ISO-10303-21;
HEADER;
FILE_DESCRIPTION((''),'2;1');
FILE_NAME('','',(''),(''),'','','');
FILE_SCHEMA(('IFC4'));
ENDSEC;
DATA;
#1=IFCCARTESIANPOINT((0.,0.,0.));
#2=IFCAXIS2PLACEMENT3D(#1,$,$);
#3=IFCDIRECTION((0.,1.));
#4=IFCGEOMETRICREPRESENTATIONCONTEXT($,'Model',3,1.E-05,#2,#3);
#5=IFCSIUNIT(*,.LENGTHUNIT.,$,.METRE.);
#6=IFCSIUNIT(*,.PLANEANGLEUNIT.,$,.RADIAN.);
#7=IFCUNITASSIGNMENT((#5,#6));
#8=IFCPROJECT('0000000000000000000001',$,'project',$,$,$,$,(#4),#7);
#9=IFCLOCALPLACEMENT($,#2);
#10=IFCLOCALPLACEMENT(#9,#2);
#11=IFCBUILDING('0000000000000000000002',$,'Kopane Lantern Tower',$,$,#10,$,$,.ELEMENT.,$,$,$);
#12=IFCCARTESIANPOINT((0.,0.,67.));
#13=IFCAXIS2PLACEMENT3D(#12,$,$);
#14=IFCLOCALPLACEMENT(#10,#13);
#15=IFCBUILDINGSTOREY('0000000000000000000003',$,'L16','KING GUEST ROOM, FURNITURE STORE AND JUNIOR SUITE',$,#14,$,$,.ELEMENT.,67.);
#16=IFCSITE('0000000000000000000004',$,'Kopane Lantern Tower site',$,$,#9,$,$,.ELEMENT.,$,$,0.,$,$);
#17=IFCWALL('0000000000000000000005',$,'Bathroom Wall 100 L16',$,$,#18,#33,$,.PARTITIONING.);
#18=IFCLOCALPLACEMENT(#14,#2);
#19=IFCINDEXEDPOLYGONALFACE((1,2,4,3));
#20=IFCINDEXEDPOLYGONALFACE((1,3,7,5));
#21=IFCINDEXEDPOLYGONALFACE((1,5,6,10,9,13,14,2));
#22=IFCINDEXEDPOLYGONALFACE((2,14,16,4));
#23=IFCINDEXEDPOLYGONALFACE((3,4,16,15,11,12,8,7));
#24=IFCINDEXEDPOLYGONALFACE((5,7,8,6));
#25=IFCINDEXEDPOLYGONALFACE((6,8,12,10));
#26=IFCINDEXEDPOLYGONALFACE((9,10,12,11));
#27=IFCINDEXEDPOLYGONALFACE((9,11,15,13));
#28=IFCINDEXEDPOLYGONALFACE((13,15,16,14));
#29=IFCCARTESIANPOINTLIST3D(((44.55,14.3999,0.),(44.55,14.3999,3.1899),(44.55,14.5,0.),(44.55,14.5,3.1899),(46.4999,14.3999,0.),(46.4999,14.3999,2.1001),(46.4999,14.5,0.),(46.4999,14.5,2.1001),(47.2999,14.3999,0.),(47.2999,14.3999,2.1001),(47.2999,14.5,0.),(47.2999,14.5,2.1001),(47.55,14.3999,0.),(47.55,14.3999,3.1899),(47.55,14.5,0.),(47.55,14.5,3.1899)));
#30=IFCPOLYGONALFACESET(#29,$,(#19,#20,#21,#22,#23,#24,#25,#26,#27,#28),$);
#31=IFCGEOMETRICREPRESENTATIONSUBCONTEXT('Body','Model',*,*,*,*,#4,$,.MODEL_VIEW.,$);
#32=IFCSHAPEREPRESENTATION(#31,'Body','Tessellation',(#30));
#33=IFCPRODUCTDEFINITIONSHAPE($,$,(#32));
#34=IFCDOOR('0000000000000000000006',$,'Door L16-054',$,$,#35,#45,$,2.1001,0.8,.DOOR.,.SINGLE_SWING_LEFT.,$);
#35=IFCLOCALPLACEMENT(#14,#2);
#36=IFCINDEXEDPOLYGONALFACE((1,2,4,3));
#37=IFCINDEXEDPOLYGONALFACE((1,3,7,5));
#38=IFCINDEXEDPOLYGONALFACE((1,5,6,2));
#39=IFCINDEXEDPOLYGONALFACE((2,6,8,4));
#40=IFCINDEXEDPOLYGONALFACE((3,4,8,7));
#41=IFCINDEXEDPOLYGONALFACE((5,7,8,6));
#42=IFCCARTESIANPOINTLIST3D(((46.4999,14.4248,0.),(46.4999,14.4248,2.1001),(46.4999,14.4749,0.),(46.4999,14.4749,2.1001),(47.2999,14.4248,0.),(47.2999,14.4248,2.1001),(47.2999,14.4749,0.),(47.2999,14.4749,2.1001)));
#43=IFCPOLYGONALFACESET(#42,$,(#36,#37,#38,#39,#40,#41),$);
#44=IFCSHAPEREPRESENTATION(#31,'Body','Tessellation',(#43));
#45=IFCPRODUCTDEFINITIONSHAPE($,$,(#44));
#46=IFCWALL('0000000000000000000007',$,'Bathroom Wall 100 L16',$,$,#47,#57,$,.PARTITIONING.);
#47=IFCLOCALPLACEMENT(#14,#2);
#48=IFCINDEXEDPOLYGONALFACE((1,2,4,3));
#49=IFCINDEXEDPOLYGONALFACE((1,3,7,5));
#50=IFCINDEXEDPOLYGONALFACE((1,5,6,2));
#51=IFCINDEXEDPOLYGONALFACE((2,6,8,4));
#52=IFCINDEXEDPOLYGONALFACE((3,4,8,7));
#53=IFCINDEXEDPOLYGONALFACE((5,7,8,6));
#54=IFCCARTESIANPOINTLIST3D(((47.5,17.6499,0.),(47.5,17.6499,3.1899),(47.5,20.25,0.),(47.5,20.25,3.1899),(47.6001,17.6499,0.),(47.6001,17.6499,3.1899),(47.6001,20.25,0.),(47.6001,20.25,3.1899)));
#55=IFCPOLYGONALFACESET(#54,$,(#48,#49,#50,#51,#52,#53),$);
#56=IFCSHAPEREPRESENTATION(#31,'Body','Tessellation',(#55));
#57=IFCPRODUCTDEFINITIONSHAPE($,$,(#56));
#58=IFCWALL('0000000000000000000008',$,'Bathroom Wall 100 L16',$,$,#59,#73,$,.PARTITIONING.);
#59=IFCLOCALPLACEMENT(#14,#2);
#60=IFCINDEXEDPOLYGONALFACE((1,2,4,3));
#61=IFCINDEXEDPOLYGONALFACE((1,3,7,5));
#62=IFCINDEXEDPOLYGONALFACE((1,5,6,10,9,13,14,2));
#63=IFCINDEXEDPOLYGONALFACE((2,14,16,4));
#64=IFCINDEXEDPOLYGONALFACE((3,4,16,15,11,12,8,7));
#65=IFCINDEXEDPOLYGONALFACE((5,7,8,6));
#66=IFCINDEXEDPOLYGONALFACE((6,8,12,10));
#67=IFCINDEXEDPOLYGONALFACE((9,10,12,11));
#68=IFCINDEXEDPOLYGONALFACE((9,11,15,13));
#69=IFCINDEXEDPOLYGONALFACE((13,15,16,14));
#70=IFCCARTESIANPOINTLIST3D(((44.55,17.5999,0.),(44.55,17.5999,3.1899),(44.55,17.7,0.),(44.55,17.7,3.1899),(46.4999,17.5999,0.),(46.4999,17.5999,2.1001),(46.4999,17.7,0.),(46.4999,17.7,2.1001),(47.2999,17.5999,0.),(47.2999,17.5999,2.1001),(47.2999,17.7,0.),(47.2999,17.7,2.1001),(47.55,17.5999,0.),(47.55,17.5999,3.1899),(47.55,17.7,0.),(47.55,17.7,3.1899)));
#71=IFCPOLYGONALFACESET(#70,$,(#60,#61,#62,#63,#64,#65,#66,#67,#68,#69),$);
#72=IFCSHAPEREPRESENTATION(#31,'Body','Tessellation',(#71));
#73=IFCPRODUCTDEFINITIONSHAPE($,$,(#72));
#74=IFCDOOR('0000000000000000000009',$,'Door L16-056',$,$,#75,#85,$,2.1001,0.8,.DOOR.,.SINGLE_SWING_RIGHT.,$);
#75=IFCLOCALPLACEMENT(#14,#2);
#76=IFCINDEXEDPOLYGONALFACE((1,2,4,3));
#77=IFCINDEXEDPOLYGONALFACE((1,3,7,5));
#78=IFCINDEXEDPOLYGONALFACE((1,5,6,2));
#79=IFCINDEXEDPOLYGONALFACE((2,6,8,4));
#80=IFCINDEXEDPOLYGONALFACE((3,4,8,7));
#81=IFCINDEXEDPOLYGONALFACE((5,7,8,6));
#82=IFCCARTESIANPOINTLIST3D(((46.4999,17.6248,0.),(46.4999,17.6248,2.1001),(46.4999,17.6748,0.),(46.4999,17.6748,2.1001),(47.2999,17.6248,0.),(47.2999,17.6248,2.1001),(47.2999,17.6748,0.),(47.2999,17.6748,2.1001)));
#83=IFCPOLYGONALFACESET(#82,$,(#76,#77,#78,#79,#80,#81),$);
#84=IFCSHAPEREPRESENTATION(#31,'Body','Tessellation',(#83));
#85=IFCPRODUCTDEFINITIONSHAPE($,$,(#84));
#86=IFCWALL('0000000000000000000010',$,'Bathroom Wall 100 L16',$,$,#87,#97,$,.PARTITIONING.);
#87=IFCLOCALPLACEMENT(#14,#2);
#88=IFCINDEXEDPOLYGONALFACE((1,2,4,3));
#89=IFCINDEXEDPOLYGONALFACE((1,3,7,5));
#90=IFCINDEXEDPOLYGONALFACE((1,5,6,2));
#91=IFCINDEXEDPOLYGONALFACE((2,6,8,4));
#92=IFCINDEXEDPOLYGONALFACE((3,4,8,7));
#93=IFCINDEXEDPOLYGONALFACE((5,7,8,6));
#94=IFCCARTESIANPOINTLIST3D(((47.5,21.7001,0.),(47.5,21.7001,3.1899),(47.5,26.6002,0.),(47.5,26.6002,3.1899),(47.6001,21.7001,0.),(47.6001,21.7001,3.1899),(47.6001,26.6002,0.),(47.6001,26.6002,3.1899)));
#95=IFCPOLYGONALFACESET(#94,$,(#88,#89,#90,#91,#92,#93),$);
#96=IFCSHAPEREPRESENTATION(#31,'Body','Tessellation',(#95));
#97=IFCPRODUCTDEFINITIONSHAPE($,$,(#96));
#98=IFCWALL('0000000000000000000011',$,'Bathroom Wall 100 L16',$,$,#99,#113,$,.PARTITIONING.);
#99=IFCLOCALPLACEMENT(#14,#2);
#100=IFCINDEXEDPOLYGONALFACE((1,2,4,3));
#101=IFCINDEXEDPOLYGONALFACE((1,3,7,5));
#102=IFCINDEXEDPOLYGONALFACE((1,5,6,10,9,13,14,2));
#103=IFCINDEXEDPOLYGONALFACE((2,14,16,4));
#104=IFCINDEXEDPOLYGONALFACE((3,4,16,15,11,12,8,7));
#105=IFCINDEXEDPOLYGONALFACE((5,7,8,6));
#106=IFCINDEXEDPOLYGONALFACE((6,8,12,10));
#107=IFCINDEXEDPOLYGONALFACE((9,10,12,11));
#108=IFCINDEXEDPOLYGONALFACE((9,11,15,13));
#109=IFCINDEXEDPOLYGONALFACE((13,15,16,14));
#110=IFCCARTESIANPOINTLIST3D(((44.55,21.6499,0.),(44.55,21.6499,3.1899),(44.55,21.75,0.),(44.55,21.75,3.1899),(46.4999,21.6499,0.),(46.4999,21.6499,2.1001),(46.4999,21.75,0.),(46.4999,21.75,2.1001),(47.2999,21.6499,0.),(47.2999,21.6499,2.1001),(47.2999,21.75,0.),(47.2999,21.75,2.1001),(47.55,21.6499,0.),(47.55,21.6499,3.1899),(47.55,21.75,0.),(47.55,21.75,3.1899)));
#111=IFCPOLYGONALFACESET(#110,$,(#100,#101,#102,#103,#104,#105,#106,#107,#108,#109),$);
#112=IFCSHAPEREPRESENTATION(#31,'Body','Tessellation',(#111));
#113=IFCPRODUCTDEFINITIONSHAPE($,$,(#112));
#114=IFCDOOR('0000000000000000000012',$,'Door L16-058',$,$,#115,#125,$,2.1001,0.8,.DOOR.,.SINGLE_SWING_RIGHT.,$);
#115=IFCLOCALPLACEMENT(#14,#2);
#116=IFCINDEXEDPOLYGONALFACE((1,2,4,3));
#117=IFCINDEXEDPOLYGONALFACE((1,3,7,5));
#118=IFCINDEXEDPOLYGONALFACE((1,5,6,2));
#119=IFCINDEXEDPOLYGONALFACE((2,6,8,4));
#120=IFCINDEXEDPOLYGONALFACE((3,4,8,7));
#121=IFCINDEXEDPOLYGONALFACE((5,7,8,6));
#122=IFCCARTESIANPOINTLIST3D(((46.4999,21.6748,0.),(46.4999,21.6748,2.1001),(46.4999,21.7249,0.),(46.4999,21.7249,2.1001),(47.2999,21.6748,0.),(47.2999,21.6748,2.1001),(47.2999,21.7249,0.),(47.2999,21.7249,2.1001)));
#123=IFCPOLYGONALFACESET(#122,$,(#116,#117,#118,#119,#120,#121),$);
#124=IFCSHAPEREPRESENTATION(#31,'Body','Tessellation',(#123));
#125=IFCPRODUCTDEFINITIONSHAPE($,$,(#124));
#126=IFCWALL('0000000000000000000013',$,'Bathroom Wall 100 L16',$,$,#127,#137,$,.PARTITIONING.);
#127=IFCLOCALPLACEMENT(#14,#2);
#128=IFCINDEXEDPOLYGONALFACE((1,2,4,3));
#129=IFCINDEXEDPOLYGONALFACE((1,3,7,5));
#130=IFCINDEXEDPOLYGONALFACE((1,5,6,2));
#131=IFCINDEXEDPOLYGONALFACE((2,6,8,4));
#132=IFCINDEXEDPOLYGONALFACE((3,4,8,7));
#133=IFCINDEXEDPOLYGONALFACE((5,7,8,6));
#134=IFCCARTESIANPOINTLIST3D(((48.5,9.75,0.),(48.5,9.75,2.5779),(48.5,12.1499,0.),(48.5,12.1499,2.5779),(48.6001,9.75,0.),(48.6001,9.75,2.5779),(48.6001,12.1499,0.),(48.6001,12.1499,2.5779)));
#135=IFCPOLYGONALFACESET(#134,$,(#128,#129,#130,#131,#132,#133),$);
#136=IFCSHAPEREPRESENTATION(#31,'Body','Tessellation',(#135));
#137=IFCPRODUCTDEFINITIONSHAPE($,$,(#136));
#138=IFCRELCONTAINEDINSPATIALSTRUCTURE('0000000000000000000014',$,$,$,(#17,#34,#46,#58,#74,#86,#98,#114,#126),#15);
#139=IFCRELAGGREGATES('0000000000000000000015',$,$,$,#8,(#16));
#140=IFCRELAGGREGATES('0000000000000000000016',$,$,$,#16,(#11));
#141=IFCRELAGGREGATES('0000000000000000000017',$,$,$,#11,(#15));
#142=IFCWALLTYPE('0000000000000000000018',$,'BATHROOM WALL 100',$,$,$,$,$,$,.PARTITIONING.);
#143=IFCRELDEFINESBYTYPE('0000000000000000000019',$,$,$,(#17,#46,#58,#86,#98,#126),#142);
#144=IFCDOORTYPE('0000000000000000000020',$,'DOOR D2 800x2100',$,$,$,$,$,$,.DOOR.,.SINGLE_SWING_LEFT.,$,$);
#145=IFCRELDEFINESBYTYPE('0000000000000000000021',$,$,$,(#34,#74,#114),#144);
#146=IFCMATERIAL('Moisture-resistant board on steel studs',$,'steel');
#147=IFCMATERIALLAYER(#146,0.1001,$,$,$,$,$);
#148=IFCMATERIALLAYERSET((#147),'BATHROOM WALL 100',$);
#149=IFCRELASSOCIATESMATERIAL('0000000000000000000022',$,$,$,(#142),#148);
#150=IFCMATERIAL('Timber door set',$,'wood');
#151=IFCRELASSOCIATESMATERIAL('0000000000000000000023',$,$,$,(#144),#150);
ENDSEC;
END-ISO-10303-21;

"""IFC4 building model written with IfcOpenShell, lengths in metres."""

from ifc_helpers import new_model, si_unit, direction, frame, frame_2d, origin, place, context, subcontext, project, spatial, rectangle, extrude, material, layer, layer_set, type_object, element, fill, save


model = new_model("IFC4")

# Units and contexts
model_context = context("Model", 3, precision=1e-05, world=origin(), true_north=direction((0.0, 1.0)))
body_context = subcontext(model_context, "Body", "Model", "MODEL_VIEW")
ifc_project = project(units=[si_unit("LENGTHUNIT", "METRE"), si_unit("PLANEANGLEUNIT", "RADIAN")], contexts=[model_context])

# Site, building, storey
site_placement = place(None, origin())
site = spatial("IfcSite", under=ifc_project, at=site_placement, Name="Kopane Lantern Tower site", CompositionType="ELEMENT", RefElevation=0.0)
building_placement = place(site_placement, origin())
building = spatial("IfcBuilding", under=site, at=building_placement, Name="Kopane Lantern Tower", CompositionType="ELEMENT")
storey_placement = place(building_placement, frame((0.0, 0.0, 67.0)))
storey = spatial("IfcBuildingStorey", under=building, at=storey_placement, Name="L16", Description="KING GUEST ROOM, FURNITURE STORE AND JUNIOR SUITE", CompositionType="ELEMENT", Elevation=67.0)

# Wall, opening, door
ifc_material_1 = material(Name="Moisture-resistant board on steel studs", Category="steel")
ifc_layer_1 = layer(ifc_material_1, 0.1001)
ifc_layer_set_1 = layer_set([ifc_layer_1], Name="BATHROOM WALL 100")
wall_type_1 = type_object("IfcWallType", Name="BATHROOM WALL 100", PredefinedType="PARTITIONING", material=ifc_layer_set_1)
wall_1_placement = place(storey_placement, frame((44.55, 14.45, 0.0), z_axis=(0.0, 0.0, 1.0), x_axis=(1.0, 0.0, 0.0)))
wall_1 = element("IfcWall", 1, at=wall_1_placement, inside=storey, type_object=wall_type_1, Name="Bathroom Wall 100 L16", PredefinedType="PARTITIONING", context=body_context, shape_type="SweptSolid", body=[
    extrude(rectangle(XDim=3.0, YDim=0.1001, at=frame_2d((1.5, 0.0))), origin(), (0.0, 0.0, 1.0), 3.1899),
])
opening_1_placement = place(wall_1_placement, frame((1.95, 0.0, 0.0)))
opening_1 = element("IfcOpeningElement", 2, at=opening_1_placement, cuts=wall_1, PredefinedType="OPENING", context=body_context, shape_type="SweptSolid", body=[
    extrude(rectangle(XDim=0.8, YDim=2.1001, at=frame_2d((0.3999, 1.05))), frame((0.0, 0.0601, 0.0), z_axis=(0.0, -1.0, 0.0), x_axis=(1.0, 0.0, 0.0)), (0.0, 0.0, 1.0), 0.1201),
])
ifc_material_2 = material(Name="Timber door set", Category="wood")
door_type_1 = type_object("IfcDoorType", Name="DOOR D2 800x2100", OperationType="SINGLE_SWING_LEFT", PredefinedType="DOOR", material=ifc_material_2)
door_1_placement = place(opening_1_placement, origin())
door_1 = element("IfcDoor", 3, at=door_1_placement, inside=storey, type_object=door_type_1, Name="Door L16-054", OperationType="SINGLE_SWING_LEFT", OverallHeight=2.1001, OverallWidth=0.8, PredefinedType="DOOR", context=body_context, shape_type="SweptSolid", body=[
    extrude(rectangle(XDim=0.8, YDim=2.1001, at=frame_2d((0.3999, 1.05))), frame((0.0, 0.0249, 0.0), z_axis=(0.0, -1.0, 0.0), x_axis=(1.0, 0.0, 0.0)), (0.0, 0.0, 1.0), 0.05),
])
fill(opening_1, door_1)

# Wall
wall_2_placement = place(storey_placement, frame((47.55, 17.6499, 0.0), z_axis=(0.0, 0.0, 1.0), x_axis=(0.0, 1.0, 0.0)))
element("IfcWall", 4, at=wall_2_placement, inside=storey, type_object=wall_type_1, Name="Bathroom Wall 100 L16", PredefinedType="PARTITIONING", context=body_context, shape_type="SweptSolid", body=[
    extrude(rectangle(XDim=2.6001, YDim=0.1001, at=frame_2d((1.3, 0.0))), origin(), (0.0, 0.0, 1.0), 3.1899),
])

# Wall, opening, door
wall_3_placement = place(storey_placement, frame((44.55, 17.6499, 0.0), z_axis=(0.0, 0.0, 1.0), x_axis=(1.0, 0.0, 0.0)))
wall_3 = element("IfcWall", 5, at=wall_3_placement, inside=storey, type_object=wall_type_1, Name="Bathroom Wall 100 L16", PredefinedType="PARTITIONING", context=body_context, shape_type="SweptSolid", body=[
    extrude(rectangle(XDim=3.0, YDim=0.1001, at=frame_2d((1.5, 0.0))), origin(), (0.0, 0.0, 1.0), 3.1899),
])
opening_2_placement = place(wall_3_placement, frame((1.95, 0.0, 0.0)))
opening_2 = element("IfcOpeningElement", 6, at=opening_2_placement, cuts=wall_3, PredefinedType="OPENING", context=body_context, shape_type="SweptSolid", body=[
    extrude(rectangle(XDim=0.8, YDim=2.1001, at=frame_2d((0.3999, 1.05))), frame((0.0, 0.0601, 0.0), z_axis=(0.0, -1.0, 0.0), x_axis=(1.0, 0.0, 0.0)), (0.0, 0.0, 1.0), 0.1201),
])
door_2_placement = place(opening_2_placement, origin())
door_2 = element("IfcDoor", 7, at=door_2_placement, inside=storey, type_object=door_type_1, Name="Door L16-056", OperationType="SINGLE_SWING_RIGHT", OverallHeight=2.1001, OverallWidth=0.8, PredefinedType="DOOR", context=body_context, shape_type="SweptSolid", body=[
    extrude(rectangle(XDim=0.8, YDim=2.1001, at=frame_2d((0.3999, 1.05))), frame((0.0, 0.0249, 0.0), z_axis=(0.0, -1.0, 0.0), x_axis=(1.0, 0.0, 0.0)), (0.0, 0.0, 1.0), 0.05),
])
fill(opening_2, door_2)

# Wall
wall_4_placement = place(storey_placement, frame((47.55, 21.7, 0.0), z_axis=(0.0, 0.0, 1.0), x_axis=(0.0, 1.0, 0.0)))
element("IfcWall", 8, at=wall_4_placement, inside=storey, type_object=wall_type_1, Name="Bathroom Wall 100 L16", PredefinedType="PARTITIONING", context=body_context, shape_type="SweptSolid", body=[
    extrude(rectangle(XDim=4.9001, YDim=0.1001, at=frame_2d((2.4502, 0.0))), origin(), (0.0, 0.0, 1.0), 3.1899),
])

# Wall, opening, door
wall_5_placement = place(storey_placement, frame((44.55, 21.7, 0.0), z_axis=(0.0, 0.0, 1.0), x_axis=(1.0, 0.0, 0.0)))
wall_5 = element("IfcWall", 9, at=wall_5_placement, inside=storey, type_object=wall_type_1, Name="Bathroom Wall 100 L16", PredefinedType="PARTITIONING", context=body_context, shape_type="SweptSolid", body=[
    extrude(rectangle(XDim=3.0, YDim=0.1001, at=frame_2d((1.5, 0.0))), origin(), (0.0, 0.0, 1.0), 3.1899),
])
opening_3_placement = place(wall_5_placement, frame((1.95, 0.0, 0.0)))
opening_3 = element("IfcOpeningElement", 10, at=opening_3_placement, cuts=wall_5, PredefinedType="OPENING", context=body_context, shape_type="SweptSolid", body=[
    extrude(rectangle(XDim=0.8, YDim=2.1001, at=frame_2d((0.3999, 1.05))), frame((0.0, 0.0601, 0.0), z_axis=(0.0, -1.0, 0.0), x_axis=(1.0, 0.0, 0.0)), (0.0, 0.0, 1.0), 0.1201),
])
door_3_placement = place(opening_3_placement, origin())
door_3 = element("IfcDoor", 11, at=door_3_placement, inside=storey, type_object=door_type_1, Name="Door L16-058", OperationType="SINGLE_SWING_RIGHT", OverallHeight=2.1001, OverallWidth=0.8, PredefinedType="DOOR", context=body_context, shape_type="SweptSolid", body=[
    extrude(rectangle(XDim=0.8, YDim=2.1001, at=frame_2d((0.3999, 1.05))), frame((0.0, 0.0249, 0.0), z_axis=(0.0, -1.0, 0.0), x_axis=(1.0, 0.0, 0.0)), (0.0, 0.0, 1.0), 0.05),
])
fill(opening_3, door_3)

# Wall
wall_6_placement = place(storey_placement, frame((48.55, 12.1499, 0.0), z_axis=(0.0, 0.0, 1.0), x_axis=(0.0, -1.0, 0.0)))
element("IfcWall", 12, at=wall_6_placement, inside=storey, type_object=wall_type_1, Name="Bathroom Wall 100 L16", PredefinedType="PARTITIONING", context=body_context, shape_type="SweptSolid", body=[
    extrude(rectangle(XDim=2.3999, YDim=0.1001, at=frame_2d((1.2, 0.0))), origin(), (0.0, 0.0, 1.0), 2.5779),
])

save(model, "model.ifc")
